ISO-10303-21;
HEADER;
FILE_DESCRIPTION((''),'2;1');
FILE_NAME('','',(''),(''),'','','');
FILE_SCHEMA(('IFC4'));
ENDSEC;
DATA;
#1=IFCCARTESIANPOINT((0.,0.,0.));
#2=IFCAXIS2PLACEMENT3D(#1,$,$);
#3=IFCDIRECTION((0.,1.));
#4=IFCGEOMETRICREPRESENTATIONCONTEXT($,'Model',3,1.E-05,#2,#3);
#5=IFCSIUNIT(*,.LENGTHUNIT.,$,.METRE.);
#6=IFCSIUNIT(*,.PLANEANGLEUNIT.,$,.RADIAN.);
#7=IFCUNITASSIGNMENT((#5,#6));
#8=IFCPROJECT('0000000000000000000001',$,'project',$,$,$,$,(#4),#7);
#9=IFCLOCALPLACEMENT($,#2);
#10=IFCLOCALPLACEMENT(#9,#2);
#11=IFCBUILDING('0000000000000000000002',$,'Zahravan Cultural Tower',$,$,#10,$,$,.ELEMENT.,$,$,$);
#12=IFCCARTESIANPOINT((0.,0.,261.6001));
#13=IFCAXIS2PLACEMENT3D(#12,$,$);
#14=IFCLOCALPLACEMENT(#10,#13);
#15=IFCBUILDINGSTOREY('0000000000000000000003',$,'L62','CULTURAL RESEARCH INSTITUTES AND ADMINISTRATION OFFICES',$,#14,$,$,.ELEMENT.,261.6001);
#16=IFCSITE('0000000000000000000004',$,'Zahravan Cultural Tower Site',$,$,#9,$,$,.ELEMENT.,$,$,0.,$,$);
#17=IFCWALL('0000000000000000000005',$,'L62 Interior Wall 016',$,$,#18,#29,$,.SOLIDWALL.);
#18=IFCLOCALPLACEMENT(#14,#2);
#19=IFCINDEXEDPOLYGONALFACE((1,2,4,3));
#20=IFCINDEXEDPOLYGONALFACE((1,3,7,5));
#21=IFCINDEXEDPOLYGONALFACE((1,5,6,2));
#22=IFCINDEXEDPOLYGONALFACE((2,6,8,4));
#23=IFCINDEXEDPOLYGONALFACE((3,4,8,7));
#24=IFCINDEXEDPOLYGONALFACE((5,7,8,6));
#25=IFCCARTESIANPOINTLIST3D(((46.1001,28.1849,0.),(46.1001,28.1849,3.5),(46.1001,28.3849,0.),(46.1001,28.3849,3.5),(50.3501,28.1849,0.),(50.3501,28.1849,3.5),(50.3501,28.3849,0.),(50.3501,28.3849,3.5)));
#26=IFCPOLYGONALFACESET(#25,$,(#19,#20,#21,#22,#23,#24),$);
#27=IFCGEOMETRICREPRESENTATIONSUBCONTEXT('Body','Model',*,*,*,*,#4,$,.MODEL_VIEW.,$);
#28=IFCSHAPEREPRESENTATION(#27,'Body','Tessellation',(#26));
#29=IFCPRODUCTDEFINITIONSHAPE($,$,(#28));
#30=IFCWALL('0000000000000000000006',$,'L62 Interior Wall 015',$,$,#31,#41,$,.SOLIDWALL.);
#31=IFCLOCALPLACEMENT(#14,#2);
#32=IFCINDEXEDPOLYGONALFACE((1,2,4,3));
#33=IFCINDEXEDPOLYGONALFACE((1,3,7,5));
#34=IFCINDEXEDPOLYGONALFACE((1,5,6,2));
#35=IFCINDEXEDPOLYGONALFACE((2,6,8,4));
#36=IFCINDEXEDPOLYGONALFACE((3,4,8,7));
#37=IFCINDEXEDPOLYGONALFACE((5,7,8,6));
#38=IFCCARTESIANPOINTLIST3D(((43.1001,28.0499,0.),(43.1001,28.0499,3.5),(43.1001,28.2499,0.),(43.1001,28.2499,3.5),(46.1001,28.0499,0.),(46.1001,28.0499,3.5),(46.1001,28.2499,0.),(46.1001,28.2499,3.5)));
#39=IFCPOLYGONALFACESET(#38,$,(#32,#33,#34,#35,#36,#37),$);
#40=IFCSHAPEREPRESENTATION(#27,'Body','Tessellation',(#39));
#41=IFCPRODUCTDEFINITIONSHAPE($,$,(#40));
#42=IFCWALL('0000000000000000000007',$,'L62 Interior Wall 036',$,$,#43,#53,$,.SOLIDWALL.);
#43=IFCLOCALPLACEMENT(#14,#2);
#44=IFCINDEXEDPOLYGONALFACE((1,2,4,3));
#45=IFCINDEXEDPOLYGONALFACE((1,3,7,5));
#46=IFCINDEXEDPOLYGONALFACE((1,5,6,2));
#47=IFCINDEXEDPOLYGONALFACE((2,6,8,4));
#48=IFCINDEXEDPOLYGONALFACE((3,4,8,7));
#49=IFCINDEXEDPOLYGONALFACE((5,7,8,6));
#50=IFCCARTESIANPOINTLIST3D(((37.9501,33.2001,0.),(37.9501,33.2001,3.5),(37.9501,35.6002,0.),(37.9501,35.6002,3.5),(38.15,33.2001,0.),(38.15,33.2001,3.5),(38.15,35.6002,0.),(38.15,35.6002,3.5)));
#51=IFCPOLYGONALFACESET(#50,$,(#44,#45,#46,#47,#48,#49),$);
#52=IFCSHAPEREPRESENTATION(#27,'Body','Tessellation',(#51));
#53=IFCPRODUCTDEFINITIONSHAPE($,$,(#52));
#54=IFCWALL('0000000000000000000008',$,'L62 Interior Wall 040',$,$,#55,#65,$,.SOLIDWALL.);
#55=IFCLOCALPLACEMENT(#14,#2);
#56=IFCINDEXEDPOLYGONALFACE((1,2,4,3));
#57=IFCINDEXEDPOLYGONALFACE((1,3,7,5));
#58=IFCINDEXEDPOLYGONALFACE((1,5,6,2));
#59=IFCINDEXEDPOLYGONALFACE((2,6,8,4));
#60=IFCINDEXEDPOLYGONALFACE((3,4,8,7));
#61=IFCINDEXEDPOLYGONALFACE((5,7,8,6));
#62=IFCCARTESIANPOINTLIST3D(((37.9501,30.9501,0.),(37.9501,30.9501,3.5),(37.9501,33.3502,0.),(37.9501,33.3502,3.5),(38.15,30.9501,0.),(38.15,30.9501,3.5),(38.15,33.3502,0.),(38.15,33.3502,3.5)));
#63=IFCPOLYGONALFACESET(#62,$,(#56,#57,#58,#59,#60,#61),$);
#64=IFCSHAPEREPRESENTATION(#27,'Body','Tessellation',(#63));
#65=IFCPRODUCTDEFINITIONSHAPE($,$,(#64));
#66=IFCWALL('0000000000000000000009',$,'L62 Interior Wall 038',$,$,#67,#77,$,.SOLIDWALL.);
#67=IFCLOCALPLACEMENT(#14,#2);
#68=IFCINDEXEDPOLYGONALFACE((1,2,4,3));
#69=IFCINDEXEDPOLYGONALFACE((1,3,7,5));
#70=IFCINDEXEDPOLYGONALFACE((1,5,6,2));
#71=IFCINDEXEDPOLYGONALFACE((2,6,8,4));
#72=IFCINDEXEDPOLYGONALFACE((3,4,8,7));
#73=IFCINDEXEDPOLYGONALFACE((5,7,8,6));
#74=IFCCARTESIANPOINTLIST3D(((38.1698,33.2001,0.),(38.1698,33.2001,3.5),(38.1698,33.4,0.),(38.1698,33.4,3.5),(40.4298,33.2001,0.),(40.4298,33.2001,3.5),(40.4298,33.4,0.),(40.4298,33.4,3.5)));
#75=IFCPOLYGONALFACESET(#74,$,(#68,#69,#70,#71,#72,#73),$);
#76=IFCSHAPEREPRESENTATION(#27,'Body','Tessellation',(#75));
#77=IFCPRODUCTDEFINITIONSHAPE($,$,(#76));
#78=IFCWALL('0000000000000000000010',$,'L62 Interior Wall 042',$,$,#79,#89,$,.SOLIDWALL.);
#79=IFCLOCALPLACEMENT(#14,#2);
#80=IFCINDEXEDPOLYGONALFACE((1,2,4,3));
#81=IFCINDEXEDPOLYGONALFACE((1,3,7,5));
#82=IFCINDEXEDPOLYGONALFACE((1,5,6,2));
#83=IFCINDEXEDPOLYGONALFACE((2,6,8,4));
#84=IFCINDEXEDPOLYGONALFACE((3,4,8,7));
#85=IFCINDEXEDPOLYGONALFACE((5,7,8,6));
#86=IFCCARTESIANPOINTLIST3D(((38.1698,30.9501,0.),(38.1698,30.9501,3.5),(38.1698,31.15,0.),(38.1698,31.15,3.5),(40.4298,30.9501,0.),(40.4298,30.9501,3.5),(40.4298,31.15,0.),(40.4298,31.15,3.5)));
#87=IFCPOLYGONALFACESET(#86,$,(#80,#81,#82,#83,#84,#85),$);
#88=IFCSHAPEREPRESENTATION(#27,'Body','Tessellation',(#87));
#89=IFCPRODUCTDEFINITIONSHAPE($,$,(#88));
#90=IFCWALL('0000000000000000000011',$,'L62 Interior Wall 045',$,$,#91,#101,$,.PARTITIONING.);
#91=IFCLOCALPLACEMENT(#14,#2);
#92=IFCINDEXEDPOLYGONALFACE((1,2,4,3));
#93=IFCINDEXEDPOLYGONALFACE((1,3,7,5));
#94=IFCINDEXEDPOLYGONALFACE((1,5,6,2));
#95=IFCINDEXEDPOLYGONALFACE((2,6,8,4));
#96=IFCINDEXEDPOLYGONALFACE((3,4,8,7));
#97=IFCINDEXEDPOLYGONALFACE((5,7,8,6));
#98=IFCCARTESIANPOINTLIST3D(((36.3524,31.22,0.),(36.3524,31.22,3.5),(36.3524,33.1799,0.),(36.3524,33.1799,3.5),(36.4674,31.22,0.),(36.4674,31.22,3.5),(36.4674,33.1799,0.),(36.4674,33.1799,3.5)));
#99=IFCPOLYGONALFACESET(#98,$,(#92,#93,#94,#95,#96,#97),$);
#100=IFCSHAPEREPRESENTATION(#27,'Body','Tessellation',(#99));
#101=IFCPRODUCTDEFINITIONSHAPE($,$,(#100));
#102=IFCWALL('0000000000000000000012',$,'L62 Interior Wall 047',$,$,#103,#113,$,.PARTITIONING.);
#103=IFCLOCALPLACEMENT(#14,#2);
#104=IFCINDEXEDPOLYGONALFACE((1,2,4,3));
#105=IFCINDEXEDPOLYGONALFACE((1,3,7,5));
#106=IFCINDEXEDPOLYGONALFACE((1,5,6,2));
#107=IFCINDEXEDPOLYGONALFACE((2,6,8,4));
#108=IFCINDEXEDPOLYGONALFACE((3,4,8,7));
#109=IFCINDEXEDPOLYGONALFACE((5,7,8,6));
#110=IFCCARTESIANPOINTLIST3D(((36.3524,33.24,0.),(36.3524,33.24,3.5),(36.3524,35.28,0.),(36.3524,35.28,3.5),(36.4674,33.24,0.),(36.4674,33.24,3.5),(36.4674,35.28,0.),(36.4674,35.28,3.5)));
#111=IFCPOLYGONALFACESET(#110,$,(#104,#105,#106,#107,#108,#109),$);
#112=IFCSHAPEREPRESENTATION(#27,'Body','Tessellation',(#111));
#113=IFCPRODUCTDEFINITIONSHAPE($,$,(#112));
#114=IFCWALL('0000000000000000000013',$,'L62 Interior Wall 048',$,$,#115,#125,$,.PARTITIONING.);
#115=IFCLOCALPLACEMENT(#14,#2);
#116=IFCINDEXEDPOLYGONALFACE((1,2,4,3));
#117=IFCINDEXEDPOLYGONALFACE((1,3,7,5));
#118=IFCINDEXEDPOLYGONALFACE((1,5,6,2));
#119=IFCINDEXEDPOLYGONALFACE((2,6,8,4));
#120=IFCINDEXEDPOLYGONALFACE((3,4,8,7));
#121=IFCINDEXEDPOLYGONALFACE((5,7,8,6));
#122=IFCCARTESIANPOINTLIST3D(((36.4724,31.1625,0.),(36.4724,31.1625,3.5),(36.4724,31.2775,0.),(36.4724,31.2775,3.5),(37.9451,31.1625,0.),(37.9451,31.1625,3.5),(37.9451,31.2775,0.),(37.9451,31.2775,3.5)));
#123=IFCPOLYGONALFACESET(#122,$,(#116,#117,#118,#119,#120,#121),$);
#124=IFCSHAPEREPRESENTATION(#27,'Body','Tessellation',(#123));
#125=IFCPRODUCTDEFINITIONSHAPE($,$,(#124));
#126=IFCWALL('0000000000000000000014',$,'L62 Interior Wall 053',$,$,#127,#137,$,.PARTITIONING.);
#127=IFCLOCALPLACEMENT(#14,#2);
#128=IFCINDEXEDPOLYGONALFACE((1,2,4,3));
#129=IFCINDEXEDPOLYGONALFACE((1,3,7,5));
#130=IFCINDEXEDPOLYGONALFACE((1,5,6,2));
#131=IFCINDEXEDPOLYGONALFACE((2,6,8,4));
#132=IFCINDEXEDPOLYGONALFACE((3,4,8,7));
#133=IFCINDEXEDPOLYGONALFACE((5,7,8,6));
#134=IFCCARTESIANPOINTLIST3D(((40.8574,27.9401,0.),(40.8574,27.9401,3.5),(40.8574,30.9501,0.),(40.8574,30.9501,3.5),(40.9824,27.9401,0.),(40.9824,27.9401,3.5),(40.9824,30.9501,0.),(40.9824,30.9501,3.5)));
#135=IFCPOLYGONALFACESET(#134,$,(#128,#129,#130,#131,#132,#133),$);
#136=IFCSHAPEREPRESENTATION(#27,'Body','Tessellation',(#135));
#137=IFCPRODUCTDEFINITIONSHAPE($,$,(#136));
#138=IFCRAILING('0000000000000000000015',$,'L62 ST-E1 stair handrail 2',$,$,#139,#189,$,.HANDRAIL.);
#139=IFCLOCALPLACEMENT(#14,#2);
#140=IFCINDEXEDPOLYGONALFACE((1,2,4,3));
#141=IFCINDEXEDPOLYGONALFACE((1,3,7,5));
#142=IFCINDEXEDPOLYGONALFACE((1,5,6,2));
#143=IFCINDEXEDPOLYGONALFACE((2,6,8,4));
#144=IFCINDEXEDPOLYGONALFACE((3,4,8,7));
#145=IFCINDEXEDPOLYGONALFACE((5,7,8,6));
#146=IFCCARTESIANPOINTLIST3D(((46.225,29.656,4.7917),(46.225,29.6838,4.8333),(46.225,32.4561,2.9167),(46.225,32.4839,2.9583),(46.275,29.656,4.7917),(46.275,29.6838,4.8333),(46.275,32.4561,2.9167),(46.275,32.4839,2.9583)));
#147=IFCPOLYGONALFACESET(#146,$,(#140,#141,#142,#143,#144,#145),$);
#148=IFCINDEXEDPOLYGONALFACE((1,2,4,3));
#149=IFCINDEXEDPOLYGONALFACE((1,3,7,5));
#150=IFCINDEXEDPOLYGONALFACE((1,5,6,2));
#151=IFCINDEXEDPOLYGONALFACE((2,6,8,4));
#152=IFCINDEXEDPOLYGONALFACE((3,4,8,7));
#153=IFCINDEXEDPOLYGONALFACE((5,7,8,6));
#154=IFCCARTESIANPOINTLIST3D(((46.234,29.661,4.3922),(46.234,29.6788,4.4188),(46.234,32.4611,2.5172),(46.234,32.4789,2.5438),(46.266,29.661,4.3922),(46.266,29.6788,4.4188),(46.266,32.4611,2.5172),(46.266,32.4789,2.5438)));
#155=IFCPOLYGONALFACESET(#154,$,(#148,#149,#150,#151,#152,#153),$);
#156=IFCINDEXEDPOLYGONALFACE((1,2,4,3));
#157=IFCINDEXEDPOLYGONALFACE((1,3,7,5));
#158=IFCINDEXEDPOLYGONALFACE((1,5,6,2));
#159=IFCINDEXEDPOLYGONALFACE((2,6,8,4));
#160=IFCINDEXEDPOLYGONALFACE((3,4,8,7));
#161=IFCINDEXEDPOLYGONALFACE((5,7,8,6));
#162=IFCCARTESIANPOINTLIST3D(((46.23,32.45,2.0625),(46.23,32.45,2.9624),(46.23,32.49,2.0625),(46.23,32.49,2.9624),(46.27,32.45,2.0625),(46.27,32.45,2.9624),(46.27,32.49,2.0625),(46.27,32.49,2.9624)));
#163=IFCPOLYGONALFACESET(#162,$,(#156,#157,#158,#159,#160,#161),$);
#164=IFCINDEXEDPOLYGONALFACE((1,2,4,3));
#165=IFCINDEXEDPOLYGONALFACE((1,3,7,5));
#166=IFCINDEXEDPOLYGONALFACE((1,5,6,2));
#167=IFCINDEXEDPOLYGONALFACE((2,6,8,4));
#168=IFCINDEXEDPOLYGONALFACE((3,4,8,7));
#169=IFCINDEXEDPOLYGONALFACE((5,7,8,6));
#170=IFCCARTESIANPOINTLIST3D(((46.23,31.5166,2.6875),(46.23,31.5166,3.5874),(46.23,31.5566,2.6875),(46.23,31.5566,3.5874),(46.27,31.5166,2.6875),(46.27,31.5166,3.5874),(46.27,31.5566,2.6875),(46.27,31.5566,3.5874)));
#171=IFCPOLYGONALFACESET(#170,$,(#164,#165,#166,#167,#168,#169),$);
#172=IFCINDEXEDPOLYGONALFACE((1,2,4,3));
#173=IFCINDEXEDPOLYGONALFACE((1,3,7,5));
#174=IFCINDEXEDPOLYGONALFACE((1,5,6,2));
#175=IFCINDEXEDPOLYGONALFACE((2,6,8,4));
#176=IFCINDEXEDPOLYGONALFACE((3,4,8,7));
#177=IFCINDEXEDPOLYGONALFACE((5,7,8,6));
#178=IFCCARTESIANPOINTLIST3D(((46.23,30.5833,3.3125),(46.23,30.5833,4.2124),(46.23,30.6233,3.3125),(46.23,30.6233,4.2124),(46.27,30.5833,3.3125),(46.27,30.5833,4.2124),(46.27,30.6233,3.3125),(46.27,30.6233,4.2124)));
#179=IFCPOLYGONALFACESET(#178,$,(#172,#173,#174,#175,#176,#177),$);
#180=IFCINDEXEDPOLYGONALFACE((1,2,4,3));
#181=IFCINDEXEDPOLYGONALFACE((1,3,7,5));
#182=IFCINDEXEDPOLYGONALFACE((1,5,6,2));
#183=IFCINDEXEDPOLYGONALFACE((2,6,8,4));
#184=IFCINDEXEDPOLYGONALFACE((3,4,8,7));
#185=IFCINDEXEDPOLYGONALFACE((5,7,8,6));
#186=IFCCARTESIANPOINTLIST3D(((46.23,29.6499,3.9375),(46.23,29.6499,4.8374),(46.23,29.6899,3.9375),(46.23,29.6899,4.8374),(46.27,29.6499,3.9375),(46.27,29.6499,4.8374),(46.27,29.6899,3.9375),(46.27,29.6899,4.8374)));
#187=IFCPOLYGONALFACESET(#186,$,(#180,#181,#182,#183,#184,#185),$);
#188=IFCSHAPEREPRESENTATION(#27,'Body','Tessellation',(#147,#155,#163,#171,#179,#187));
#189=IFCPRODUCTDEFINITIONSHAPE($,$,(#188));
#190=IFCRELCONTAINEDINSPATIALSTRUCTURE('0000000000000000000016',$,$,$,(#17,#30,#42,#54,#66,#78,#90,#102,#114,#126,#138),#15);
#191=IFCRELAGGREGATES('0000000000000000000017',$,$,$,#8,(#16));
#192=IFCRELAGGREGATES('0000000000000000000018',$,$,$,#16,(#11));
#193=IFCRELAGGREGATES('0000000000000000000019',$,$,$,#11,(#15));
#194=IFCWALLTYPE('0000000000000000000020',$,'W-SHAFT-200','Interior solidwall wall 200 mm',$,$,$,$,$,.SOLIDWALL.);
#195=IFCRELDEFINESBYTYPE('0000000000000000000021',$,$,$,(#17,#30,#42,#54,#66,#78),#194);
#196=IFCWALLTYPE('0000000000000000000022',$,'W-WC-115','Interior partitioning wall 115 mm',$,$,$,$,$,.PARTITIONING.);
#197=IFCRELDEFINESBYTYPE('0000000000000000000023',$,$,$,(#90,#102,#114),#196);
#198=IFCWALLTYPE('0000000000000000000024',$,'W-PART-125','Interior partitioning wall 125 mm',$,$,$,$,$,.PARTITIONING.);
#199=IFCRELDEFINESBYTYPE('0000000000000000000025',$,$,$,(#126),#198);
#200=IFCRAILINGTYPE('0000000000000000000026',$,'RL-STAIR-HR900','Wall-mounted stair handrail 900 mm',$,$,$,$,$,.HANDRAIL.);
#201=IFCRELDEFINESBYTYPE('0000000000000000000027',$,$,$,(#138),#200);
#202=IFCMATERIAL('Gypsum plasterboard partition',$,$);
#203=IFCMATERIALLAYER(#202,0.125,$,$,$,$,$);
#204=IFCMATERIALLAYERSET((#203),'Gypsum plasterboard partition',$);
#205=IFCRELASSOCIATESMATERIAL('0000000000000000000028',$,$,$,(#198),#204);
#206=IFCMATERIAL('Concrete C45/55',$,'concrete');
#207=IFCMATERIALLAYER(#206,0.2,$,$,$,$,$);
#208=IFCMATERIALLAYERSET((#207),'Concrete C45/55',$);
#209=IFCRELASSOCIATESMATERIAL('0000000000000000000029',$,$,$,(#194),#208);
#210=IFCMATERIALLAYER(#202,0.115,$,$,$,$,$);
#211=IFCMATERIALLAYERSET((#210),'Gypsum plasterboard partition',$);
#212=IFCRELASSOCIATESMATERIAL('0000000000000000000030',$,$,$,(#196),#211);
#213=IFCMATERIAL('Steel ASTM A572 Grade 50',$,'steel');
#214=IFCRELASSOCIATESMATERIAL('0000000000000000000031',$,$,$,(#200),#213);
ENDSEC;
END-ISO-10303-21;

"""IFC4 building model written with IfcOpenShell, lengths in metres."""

from ifc_helpers import new_model, si_unit, direction, frame, frame_2d, origin, origin_2d, place, context, subcontext, project, spatial, rectangle, extrude, source, transform, mapped, material, layer, layer_set, type_object, element, save


model = new_model("IFC4")

# Units and contexts
model_context = context("Model", 3, precision=1e-05, world=origin(), true_north=direction((0.0, 1.0)))
body_context = subcontext(model_context, "Body", "Model", "MODEL_VIEW")
ifc_project = project(units=[si_unit("LENGTHUNIT", "METRE"), si_unit("PLANEANGLEUNIT", "RADIAN")], contexts=[model_context])

# Site, building, storey
site_placement = place(None, origin())
site = spatial("IfcSite", under=ifc_project, at=site_placement, Name="Zahravan Cultural Tower Site", CompositionType="ELEMENT", RefElevation=0.0)
building_placement = place(site_placement, origin())
building = spatial("IfcBuilding", under=site, at=building_placement, Name="Zahravan Cultural Tower", CompositionType="ELEMENT")
storey_placement = place(building_placement, frame((0.0, 0.0, 261.6001)))
storey = spatial("IfcBuildingStorey", under=building, at=storey_placement, Name="L62", Description="CULTURAL RESEARCH INSTITUTES AND ADMINISTRATION OFFICES", CompositionType="ELEMENT", Elevation=261.6001)

# Shared definitions
ifc_material_1 = material(Name="Steel ASTM A572 Grade 50", Category="steel")
ifc_material_2 = material(Name="Gypsum plasterboard partition")
ifc_layer_1 = layer(ifc_material_2, 0.125)
ifc_layer_set_1 = layer_set([ifc_layer_1], Name="Gypsum plasterboard partition")
wall_type_1 = type_object("IfcWallType", Name="W-PART-125", Description="Interior partitioning wall 125 mm", PredefinedType="PARTITIONING", material=ifc_layer_set_1)
ifc_material_3 = material(Name="Concrete C45/55", Category="concrete")
ifc_layer_2 = layer(ifc_material_3, 0.2)
ifc_layer_set_2 = layer_set([ifc_layer_2], Name="Concrete C45/55")
wall_type_2 = type_object("IfcWallType", Name="W-SHAFT-200", Description="Interior solidwall wall 200 mm", PredefinedType="SOLIDWALL", material=ifc_layer_set_2)
ifc_layer_3 = layer(ifc_material_2, 0.115)
ifc_layer_set_3 = layer_set([ifc_layer_3], Name="Gypsum plasterboard partition")
wall_type_3 = type_object("IfcWallType", Name="W-WC-115", Description="Interior partitioning wall 115 mm", PredefinedType="PARTITIONING", material=ifc_layer_set_3)

# Walls
shared_shape_1 = source(origin(), body_context, "Body", "SweptSolid", [
    extrude(rectangle(XDim=4.25, YDim=0.2, at=frame_2d((2.125, 0.0))), origin(), (0.0, 0.0, 1.0), 3.5),
])
wall_1_placement = place(storey_placement, frame((46.1001, 28.2849, 0.0), z_axis=(0.0, 0.0, 1.0), x_axis=(1.0, 0.0, 0.0)))
element("IfcWall", 1, at=wall_1_placement, inside=storey, type_object=wall_type_2, Name="L62 Interior Wall 016", PredefinedType="SOLIDWALL", context=body_context, shape_type="MappedRepresentation", body=[
    mapped(shared_shape_1, transform((0.0, 0.0, 0.0), x_axis=(1.0, 0.0, 0.0), y_axis=(0.0, 1.0, 0.0), z_axis=(0.0, 0.0, 1.0), scale=1.0)),
])
shared_shape_2 = source(origin(), body_context, "Body", "SweptSolid", [
    extrude(rectangle(XDim=3.0, YDim=0.2, at=frame_2d((1.5, 0.0))), origin(), (0.0, 0.0, 1.0), 3.5),
])
wall_2_placement = place(storey_placement, frame((43.1001, 28.1499, 0.0), z_axis=(0.0, 0.0, 1.0), x_axis=(1.0, 0.0, 0.0)))
element("IfcWall", 2, at=wall_2_placement, inside=storey, type_object=wall_type_2, Name="L62 Interior Wall 015", PredefinedType="SOLIDWALL", context=body_context, shape_type="MappedRepresentation", body=[
    mapped(shared_shape_2, transform((0.0, 0.0, 0.0), x_axis=(1.0, 0.0, 0.0), y_axis=(0.0, 1.0, 0.0), z_axis=(0.0, 0.0, 1.0), scale=1.0)),
])
shared_shape_3 = source(origin(), body_context, "Body", "SweptSolid", [
    extrude(rectangle(XDim=2.4001, YDim=0.2, at=frame_2d((1.2002, 0.0))), origin(), (0.0, 0.0, 1.0), 3.5),
])
for number, where, z_axis, x_axis, name in (
    (3, (38.05, 33.2, 0.0), (0.0, 0.0, 1.0), (0.0, 1.0, 0.0), "L62 Interior Wall 036"),
    (4, (38.05, 30.95, 0.0), (0.0, 0.0, 1.0), (0.0, 1.0, 0.0), "L62 Interior Wall 040"),
):
    element("IfcWall", number, at=place(storey_placement, frame(where, z_axis=z_axis, x_axis=x_axis)), inside=storey, type_object=wall_type_2, Name=name, PredefinedType="SOLIDWALL", context=body_context, shape_type="MappedRepresentation", body=[
        mapped(shared_shape_3, transform((0.0, 0.0, 0.0), x_axis=(1.0, 0.0, 0.0), y_axis=(0.0, 1.0, 0.0), z_axis=(0.0, 0.0, 1.0), scale=1.0)),
    ])
shared_shape_4 = source(origin(), body_context, "Body", "SweptSolid", [
    extrude(rectangle(XDim=2.26, YDim=0.2, at=frame_2d((1.1299, 0.0))), origin(), (0.0, 0.0, 1.0), 3.5),
])
for number, where, z_axis, x_axis, name in (
    (5, (38.1699, 33.3, 0.0), (0.0, 0.0, 1.0), (1.0, 0.0, 0.0), "L62 Interior Wall 038"),
    (6, (38.1699, 31.05, 0.0), (0.0, 0.0, 1.0), (1.0, 0.0, 0.0), "L62 Interior Wall 042"),
):
    element("IfcWall", number, at=place(storey_placement, frame(where, z_axis=z_axis, x_axis=x_axis)), inside=storey, type_object=wall_type_2, Name=name, PredefinedType="SOLIDWALL", context=body_context, shape_type="MappedRepresentation", body=[
        mapped(shared_shape_4, transform((0.0, 0.0, 0.0), x_axis=(1.0, 0.0, 0.0), y_axis=(0.0, 1.0, 0.0), z_axis=(0.0, 0.0, 1.0), scale=1.0)),
    ])
shared_shape_5 = source(origin(), body_context, "Body", "SweptSolid", [
    extrude(rectangle(XDim=1.96, YDim=0.115, at=frame_2d((0.98, 0.0))), origin(), (0.0, 0.0, 1.0), 3.5),
])
wall_3_placement = place(storey_placement, frame((36.4099, 33.1799, 0.0), z_axis=(0.0, 0.0, 1.0), x_axis=(0.0, -1.0, 0.0)))
element("IfcWall", 7, at=wall_3_placement, inside=storey, type_object=wall_type_3, Name="L62 Interior Wall 045", PredefinedType="PARTITIONING", context=body_context, shape_type="MappedRepresentation", body=[
    mapped(shared_shape_5, transform((0.0, 0.0, 0.0), x_axis=(1.0, 0.0, 0.0), y_axis=(0.0, 1.0, 0.0), z_axis=(0.0, 0.0, 1.0), scale=1.0)),
])
shared_shape_6 = source(origin(), body_context, "Body", "SweptSolid", [
    extrude(rectangle(XDim=2.04, YDim=0.115, at=frame_2d((1.02, 0.0))), origin(), (0.0, 0.0, 1.0), 3.5),
])
wall_4_placement = place(storey_placement, frame((36.4099, 35.28, 0.0), z_axis=(0.0, 0.0, 1.0), x_axis=(0.0, -1.0, 0.0)))
element("IfcWall", 8, at=wall_4_placement, inside=storey, type_object=wall_type_3, Name="L62 Interior Wall 047", PredefinedType="PARTITIONING", context=body_context, shape_type="MappedRepresentation", body=[
    mapped(shared_shape_6, transform((0.0, 0.0, 0.0), x_axis=(1.0, 0.0, 0.0), y_axis=(0.0, 1.0, 0.0), z_axis=(0.0, 0.0, 1.0), scale=1.0)),
])
shared_shape_7 = source(origin(), body_context, "Body", "SweptSolid", [
    extrude(rectangle(XDim=1.4727, YDim=0.115, at=frame_2d((0.7363, 0.0))), origin(), (0.0, 0.0, 1.0), 3.5),
])
wall_5_placement = place(storey_placement, frame((37.9451, 31.22, 0.0), z_axis=(0.0, 0.0, 1.0), x_axis=(-1.0, 0.0, 0.0)))
element("IfcWall", 9, at=wall_5_placement, inside=storey, type_object=wall_type_3, Name="L62 Interior Wall 048", PredefinedType="PARTITIONING", context=body_context, shape_type="MappedRepresentation", body=[
    mapped(shared_shape_7, transform((0.0, 0.0, 0.0), x_axis=(1.0, 0.0, 0.0), y_axis=(0.0, 1.0, 0.0), z_axis=(0.0, 0.0, 1.0), scale=1.0)),
])
shared_shape_8 = source(origin(), body_context, "Body", "SweptSolid", [
    extrude(rectangle(XDim=3.01, YDim=0.125, at=frame_2d((1.5049, 0.0))), origin(), (0.0, 0.0, 1.0), 3.5),
])
wall_6_placement = place(storey_placement, frame((40.9199, 30.95, 0.0), z_axis=(0.0, 0.0, 1.0), x_axis=(0.0, -1.0, 0.0)))
element("IfcWall", 10, at=wall_6_placement, inside=storey, type_object=wall_type_1, Name="L62 Interior Wall 053", PredefinedType="PARTITIONING", context=body_context, shape_type="MappedRepresentation", body=[
    mapped(shared_shape_8, transform((0.0, 0.0, 0.0), x_axis=(1.0, 0.0, 0.0), y_axis=(0.0, 1.0, 0.0), z_axis=(0.0, 0.0, 1.0), scale=1.0)),
])

# Railing
railing_type = type_object("IfcRailingType", Name="RL-STAIR-HR900", Description="Wall-mounted stair handrail 900 mm", PredefinedType="HANDRAIL", material=ifc_material_1)
railing_placement = place(storey_placement, frame((46.25, 32.47, 2.0625)))
element("IfcRailing", 11, at=railing_placement, inside=storey, type_object=railing_type, Name="L62 ST-E1 stair handrail 2", PredefinedType="HANDRAIL", context=body_context, shape_type="SweptSolid", body=[
    extrude(rectangle(XDim=0.05, YDim=0.05, at=origin_2d()), frame((0.0, 0.0, 0.875), z_axis=(0.0, -0.830912, 0.556404), x_axis=(1.0, 0.0, 0.0)), (0.0, 0.0, 1.0), 3.3699),
    extrude(rectangle(XDim=0.032, YDim=0.032, at=origin_2d()), frame((0.0, 0.0, 0.468), z_axis=(0.0, -0.830912, 0.556404), x_axis=(1.0, 0.0, 0.0)), (0.0, 0.0, 1.0), 3.3699),
    extrude(rectangle(XDim=0.04, YDim=0.04, at=origin_2d()), origin(), (0.0, 0.0, 1.0), 0.8999),
    extrude(rectangle(XDim=0.04, YDim=0.04, at=origin_2d()), frame((0.0, -0.9333, 0.625)), (0.0, 0.0, 1.0), 0.8999),
    extrude(rectangle(XDim=0.04, YDim=0.04, at=origin_2d()), frame((0.0, -1.8667, 1.25)), (0.0, 0.0, 1.0), 0.8999),
    extrude(rectangle(XDim=0.04, YDim=0.04, at=origin_2d()), frame((0.0, -2.8, 1.875)), (0.0, 0.0, 1.0), 0.8999),
])

save(model, "model.ifc")
